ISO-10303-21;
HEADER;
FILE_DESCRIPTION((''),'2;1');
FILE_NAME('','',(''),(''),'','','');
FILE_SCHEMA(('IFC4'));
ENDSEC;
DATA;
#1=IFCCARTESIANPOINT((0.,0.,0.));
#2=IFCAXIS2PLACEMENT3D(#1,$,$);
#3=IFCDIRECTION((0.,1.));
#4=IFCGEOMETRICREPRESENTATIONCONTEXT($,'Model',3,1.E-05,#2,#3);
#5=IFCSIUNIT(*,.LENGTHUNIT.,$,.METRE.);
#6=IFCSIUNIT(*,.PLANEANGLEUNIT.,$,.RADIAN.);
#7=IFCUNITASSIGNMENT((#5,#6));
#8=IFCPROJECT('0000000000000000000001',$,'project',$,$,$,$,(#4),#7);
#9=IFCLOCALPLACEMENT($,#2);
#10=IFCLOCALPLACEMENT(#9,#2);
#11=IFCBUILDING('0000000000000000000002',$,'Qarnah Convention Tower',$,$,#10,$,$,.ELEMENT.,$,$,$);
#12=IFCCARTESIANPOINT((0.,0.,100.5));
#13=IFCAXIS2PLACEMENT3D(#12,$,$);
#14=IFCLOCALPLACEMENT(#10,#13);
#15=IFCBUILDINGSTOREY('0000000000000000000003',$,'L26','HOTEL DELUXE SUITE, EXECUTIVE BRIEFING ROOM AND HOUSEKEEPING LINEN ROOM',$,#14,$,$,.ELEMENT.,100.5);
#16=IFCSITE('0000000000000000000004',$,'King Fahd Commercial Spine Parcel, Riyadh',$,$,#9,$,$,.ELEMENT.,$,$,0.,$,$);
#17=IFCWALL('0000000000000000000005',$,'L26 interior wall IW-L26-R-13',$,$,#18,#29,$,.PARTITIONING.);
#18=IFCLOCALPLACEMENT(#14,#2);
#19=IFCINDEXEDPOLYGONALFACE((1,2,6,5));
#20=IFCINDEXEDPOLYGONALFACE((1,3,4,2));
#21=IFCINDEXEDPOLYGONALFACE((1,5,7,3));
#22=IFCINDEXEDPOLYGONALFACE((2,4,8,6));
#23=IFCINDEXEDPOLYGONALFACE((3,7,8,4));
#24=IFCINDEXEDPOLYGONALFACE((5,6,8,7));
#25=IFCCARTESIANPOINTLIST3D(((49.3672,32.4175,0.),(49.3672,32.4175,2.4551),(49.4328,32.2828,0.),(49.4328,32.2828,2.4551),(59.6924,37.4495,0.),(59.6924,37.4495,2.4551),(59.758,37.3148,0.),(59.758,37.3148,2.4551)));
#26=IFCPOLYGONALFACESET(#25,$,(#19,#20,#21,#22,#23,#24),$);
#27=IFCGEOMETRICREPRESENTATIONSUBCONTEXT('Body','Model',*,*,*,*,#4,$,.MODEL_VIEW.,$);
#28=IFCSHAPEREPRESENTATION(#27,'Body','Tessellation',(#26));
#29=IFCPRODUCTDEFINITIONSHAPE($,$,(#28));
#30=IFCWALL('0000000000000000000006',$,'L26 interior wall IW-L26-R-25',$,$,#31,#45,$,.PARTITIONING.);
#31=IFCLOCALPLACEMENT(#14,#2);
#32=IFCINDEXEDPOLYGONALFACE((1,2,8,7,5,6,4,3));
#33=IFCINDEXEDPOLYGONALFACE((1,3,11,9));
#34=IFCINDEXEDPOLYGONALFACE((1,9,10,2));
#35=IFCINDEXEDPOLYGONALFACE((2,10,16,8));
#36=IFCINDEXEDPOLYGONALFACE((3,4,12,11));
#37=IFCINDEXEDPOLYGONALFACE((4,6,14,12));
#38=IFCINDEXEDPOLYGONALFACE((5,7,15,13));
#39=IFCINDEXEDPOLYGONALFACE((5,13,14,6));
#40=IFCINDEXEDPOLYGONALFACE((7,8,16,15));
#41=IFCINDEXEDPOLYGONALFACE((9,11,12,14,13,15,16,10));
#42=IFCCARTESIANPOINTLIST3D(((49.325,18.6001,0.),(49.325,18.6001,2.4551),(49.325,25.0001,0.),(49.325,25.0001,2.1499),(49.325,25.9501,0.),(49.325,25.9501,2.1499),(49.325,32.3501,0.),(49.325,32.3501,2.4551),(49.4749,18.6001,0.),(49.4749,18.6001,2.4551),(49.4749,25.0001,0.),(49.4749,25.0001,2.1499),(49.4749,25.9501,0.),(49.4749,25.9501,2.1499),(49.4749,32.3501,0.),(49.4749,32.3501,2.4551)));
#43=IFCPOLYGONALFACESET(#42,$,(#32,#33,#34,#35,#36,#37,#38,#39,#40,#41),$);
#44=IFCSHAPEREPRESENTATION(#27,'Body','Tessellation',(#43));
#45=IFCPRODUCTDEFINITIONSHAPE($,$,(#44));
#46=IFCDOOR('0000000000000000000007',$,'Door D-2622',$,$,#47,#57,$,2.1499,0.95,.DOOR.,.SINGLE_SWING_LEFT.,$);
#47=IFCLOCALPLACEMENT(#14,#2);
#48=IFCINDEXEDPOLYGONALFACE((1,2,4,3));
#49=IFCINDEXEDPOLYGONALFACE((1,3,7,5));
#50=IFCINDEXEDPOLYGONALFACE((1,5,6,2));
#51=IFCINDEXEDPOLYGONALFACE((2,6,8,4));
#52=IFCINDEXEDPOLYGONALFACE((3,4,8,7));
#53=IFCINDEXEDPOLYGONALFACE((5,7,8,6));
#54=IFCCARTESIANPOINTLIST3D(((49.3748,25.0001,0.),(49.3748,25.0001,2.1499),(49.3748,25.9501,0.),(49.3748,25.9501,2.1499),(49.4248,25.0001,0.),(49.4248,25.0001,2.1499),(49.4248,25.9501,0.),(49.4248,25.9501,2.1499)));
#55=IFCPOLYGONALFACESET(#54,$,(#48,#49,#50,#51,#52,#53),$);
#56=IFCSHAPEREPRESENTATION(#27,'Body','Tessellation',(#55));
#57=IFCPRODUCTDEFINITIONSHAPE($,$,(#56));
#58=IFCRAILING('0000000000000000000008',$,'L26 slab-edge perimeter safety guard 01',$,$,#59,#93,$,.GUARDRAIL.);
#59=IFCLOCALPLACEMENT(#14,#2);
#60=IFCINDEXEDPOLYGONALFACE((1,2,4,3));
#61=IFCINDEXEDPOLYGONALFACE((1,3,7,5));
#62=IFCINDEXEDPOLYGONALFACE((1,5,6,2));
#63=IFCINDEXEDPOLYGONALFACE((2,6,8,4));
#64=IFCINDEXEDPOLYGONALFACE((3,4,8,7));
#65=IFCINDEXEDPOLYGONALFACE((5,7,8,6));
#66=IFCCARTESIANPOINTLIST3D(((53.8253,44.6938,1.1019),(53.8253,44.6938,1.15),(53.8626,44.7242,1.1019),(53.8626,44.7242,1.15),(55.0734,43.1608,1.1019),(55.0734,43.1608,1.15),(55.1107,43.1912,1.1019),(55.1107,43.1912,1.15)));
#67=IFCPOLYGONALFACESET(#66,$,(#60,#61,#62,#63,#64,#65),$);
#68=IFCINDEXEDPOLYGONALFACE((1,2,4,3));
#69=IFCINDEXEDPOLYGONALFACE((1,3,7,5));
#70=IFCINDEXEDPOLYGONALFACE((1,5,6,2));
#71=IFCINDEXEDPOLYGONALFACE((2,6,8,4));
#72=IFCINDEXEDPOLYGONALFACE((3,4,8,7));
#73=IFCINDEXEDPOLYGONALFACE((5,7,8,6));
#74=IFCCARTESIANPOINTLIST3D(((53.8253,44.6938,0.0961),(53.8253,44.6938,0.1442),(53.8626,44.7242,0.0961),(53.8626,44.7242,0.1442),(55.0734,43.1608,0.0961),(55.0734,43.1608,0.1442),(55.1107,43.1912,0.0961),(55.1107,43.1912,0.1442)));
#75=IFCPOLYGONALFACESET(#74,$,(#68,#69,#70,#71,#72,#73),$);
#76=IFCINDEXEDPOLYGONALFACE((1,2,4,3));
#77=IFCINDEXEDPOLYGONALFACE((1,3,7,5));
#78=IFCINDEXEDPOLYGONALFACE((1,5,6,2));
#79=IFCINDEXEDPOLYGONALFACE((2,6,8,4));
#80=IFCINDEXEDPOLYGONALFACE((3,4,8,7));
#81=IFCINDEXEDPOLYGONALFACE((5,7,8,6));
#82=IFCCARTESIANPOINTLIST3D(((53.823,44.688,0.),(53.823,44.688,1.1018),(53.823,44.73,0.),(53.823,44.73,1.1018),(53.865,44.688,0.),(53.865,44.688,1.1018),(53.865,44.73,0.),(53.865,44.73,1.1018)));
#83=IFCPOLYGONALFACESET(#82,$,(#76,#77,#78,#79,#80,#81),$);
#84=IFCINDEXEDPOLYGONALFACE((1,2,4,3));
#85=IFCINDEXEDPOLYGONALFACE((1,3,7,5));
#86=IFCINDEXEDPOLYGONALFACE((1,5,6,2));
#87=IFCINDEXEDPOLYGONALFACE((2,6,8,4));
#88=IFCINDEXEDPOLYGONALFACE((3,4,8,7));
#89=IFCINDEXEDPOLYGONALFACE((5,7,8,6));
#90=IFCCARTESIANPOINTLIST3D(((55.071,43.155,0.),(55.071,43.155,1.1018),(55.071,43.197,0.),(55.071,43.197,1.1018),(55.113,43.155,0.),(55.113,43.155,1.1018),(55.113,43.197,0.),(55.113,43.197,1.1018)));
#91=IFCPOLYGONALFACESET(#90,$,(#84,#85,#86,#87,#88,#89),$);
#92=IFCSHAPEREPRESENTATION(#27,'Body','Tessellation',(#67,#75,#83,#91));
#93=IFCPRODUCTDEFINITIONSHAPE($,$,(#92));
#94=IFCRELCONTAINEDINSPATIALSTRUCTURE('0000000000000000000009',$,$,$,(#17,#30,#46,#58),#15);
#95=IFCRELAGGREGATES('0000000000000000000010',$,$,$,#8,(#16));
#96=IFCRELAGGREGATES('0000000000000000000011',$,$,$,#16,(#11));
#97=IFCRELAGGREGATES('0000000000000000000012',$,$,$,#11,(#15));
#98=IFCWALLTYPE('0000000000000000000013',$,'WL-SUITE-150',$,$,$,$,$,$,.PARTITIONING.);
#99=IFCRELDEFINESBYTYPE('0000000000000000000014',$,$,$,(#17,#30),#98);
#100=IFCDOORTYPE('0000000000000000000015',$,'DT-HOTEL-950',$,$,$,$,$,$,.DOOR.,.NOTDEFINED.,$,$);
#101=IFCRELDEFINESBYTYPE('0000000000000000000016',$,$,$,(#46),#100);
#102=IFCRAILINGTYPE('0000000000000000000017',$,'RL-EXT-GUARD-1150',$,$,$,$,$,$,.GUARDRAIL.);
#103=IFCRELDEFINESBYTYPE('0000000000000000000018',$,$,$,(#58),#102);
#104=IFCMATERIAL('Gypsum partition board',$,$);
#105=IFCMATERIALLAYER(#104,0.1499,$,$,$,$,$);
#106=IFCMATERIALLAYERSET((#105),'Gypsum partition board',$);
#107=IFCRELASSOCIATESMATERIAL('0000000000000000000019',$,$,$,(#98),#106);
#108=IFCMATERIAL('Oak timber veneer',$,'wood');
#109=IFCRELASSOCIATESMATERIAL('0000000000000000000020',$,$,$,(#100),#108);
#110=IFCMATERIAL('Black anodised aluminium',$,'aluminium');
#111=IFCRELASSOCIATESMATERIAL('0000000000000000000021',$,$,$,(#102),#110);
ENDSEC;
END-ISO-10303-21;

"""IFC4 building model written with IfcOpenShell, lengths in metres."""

from ifc_helpers import new_model, si_unit, direction, frame, frame_2d, origin, origin_2d, place, context, subcontext, project, spatial, rectangle, extrude, material, layer, layer_set, type_object, element, fill, save


model = new_model("IFC4")

# Units and contexts
model_context = context("Model", 3, precision=1e-05, world=origin(), true_north=direction((0.0, 1.0)))
body_context = subcontext(model_context, "Body", "Model", "MODEL_VIEW")
ifc_project = project(units=[si_unit("LENGTHUNIT", "METRE"), si_unit("PLANEANGLEUNIT", "RADIAN")], contexts=[model_context])

# Site, building, storey
site_placement = place(None, origin())
site = spatial("IfcSite", under=ifc_project, at=site_placement, Name="King Fahd Commercial Spine Parcel, Riyadh", CompositionType="ELEMENT", RefElevation=0.0)
building_placement = place(site_placement, origin())
building = spatial("IfcBuilding", under=site, at=building_placement, Name="Qarnah Convention Tower", CompositionType="ELEMENT")
storey_placement = place(building_placement, frame((0.0, 0.0, 100.5)))
storey = spatial("IfcBuildingStorey", under=building, at=storey_placement, Name="L26", Description="HOTEL DELUXE SUITE, EXECUTIVE BRIEFING ROOM AND HOUSEKEEPING LINEN ROOM", CompositionType="ELEMENT", Elevation=100.5)

# Shared definitions
ifc_material_1 = material(Name="Black anodised aluminium", Category="aluminium")

# Wall
ifc_material_2 = material(Name="Gypsum partition board")
ifc_layer_1 = layer(ifc_material_2, 0.1499)
ifc_layer_set_1 = layer_set([ifc_layer_1], Name="Gypsum partition board")
wall_type_1 = type_object("IfcWallType", Name="WL-SUITE-150", PredefinedType="PARTITIONING", material=ifc_layer_set_1)
wall_1_placement = place(storey_placement, frame((49.3999, 32.3501, 0.0), z_axis=(0.0, 0.0, 1.0), x_axis=(0.89893, 0.438093, 0.0)))
element("IfcWall", 1, at=wall_1_placement, inside=storey, type_object=wall_type_1, Name="L26 interior wall IW-L26-R-13", PredefinedType="PARTITIONING", context=body_context, shape_type="SweptSolid", body=[
    extrude(rectangle(XDim=11.4861, YDim=0.1499, at=frame_2d((5.7432, 0.0))), origin(), (0.0, 0.0, 1.0), 2.4551),
])

# Wall, opening, door
wall_2_placement = place(storey_placement, frame((49.3999, 32.3501, 0.0), z_axis=(0.0, 0.0, 1.0), x_axis=(0.0, -1.0, 0.0)))
wall_2 = element("IfcWall", 2, at=wall_2_placement, inside=storey, type_object=wall_type_1, Name="L26 interior wall IW-L26-R-25", PredefinedType="PARTITIONING", context=body_context, shape_type="SweptSolid", body=[
    extrude(rectangle(XDim=13.75, YDim=0.1499, at=frame_2d((6.875, 0.0))), origin(), (0.0, 0.0, 1.0), 2.4551),
])
opening_1_placement = place(wall_2_placement, frame((6.3999, 0.0, 0.0)))
opening_1 = element("IfcOpeningElement", 3, at=opening_1_placement, cuts=wall_2, PredefinedType="OPENING", context=body_context, shape_type="SweptSolid", body=[
    extrude(rectangle(XDim=0.95, YDim=2.1499, at=frame_2d((0.4751, 1.075))), frame((0.0, 0.085, 0.0), z_axis=(0.0, -1.0, 0.0), x_axis=(1.0, 0.0, 0.0)), (0.0, 0.0, 1.0), 0.1699),
])
ifc_material_3 = material(Name="Oak timber veneer", Category="wood")
door_type_1 = type_object("IfcDoorType", Name="DT-HOTEL-950", OperationType="NOTDEFINED", PredefinedType="DOOR", material=ifc_material_3)
door_1_placement = place(opening_1_placement, origin())
door_1 = element("IfcDoor", 4, at=door_1_placement, inside=storey, type_object=door_type_1, Name="Door D-2622", OperationType="SINGLE_SWING_LEFT", OverallHeight=2.1499, OverallWidth=0.95, PredefinedType="DOOR", context=body_context, shape_type="SweptSolid", body=[
    extrude(rectangle(XDim=0.95, YDim=2.1499, at=frame_2d((0.4751, 1.075))), frame((0.0, 0.0249, 0.0), z_axis=(0.0, -1.0, 0.0), x_axis=(1.0, 0.0, 0.0)), (0.0, 0.0, 1.0), 0.05),
])
fill(opening_1, door_1)

# Railing
railing_type = type_object("IfcRailingType", Name="RL-EXT-GUARD-1150", PredefinedType="GUARDRAIL", material=ifc_material_1)
railing_1_placement = place(storey_placement, frame((53.844, 44.709, 0.0)))
element("IfcRailing", 5, at=railing_1_placement, inside=storey, type_object=railing_type, Name="L26 slab-edge perimeter safety guard 01", PredefinedType="GUARDRAIL", context=body_context, shape_type="SweptSolid", body=[
    extrude(rectangle(XDim=0.0481, YDim=0.0481, at=origin_2d()), frame((0.0, 0.0, 1.126), z_axis=(0.63136, -0.77549, 0.0), x_axis=(0.77549, 0.63136, 0.0)), (0.0, 0.0, 1.0), 1.9768),
    extrude(rectangle(XDim=0.0481, YDim=0.0481, at=origin_2d()), frame((0.0, 0.0, 0.1201), z_axis=(0.63136, -0.77549, 0.0), x_axis=(0.77549, 0.63136, 0.0)), (0.0, 0.0, 1.0), 1.9768),
    extrude(rectangle(XDim=0.042, YDim=0.042, at=origin_2d()), origin(), (0.0, 0.0, 1.0), 1.1018),
    extrude(rectangle(XDim=0.042, YDim=0.042, at=origin_2d()), frame((1.248, -1.533, 0.0)), (0.0, 0.0, 1.0), 1.1018),
])

save(model, "model.ifc")
